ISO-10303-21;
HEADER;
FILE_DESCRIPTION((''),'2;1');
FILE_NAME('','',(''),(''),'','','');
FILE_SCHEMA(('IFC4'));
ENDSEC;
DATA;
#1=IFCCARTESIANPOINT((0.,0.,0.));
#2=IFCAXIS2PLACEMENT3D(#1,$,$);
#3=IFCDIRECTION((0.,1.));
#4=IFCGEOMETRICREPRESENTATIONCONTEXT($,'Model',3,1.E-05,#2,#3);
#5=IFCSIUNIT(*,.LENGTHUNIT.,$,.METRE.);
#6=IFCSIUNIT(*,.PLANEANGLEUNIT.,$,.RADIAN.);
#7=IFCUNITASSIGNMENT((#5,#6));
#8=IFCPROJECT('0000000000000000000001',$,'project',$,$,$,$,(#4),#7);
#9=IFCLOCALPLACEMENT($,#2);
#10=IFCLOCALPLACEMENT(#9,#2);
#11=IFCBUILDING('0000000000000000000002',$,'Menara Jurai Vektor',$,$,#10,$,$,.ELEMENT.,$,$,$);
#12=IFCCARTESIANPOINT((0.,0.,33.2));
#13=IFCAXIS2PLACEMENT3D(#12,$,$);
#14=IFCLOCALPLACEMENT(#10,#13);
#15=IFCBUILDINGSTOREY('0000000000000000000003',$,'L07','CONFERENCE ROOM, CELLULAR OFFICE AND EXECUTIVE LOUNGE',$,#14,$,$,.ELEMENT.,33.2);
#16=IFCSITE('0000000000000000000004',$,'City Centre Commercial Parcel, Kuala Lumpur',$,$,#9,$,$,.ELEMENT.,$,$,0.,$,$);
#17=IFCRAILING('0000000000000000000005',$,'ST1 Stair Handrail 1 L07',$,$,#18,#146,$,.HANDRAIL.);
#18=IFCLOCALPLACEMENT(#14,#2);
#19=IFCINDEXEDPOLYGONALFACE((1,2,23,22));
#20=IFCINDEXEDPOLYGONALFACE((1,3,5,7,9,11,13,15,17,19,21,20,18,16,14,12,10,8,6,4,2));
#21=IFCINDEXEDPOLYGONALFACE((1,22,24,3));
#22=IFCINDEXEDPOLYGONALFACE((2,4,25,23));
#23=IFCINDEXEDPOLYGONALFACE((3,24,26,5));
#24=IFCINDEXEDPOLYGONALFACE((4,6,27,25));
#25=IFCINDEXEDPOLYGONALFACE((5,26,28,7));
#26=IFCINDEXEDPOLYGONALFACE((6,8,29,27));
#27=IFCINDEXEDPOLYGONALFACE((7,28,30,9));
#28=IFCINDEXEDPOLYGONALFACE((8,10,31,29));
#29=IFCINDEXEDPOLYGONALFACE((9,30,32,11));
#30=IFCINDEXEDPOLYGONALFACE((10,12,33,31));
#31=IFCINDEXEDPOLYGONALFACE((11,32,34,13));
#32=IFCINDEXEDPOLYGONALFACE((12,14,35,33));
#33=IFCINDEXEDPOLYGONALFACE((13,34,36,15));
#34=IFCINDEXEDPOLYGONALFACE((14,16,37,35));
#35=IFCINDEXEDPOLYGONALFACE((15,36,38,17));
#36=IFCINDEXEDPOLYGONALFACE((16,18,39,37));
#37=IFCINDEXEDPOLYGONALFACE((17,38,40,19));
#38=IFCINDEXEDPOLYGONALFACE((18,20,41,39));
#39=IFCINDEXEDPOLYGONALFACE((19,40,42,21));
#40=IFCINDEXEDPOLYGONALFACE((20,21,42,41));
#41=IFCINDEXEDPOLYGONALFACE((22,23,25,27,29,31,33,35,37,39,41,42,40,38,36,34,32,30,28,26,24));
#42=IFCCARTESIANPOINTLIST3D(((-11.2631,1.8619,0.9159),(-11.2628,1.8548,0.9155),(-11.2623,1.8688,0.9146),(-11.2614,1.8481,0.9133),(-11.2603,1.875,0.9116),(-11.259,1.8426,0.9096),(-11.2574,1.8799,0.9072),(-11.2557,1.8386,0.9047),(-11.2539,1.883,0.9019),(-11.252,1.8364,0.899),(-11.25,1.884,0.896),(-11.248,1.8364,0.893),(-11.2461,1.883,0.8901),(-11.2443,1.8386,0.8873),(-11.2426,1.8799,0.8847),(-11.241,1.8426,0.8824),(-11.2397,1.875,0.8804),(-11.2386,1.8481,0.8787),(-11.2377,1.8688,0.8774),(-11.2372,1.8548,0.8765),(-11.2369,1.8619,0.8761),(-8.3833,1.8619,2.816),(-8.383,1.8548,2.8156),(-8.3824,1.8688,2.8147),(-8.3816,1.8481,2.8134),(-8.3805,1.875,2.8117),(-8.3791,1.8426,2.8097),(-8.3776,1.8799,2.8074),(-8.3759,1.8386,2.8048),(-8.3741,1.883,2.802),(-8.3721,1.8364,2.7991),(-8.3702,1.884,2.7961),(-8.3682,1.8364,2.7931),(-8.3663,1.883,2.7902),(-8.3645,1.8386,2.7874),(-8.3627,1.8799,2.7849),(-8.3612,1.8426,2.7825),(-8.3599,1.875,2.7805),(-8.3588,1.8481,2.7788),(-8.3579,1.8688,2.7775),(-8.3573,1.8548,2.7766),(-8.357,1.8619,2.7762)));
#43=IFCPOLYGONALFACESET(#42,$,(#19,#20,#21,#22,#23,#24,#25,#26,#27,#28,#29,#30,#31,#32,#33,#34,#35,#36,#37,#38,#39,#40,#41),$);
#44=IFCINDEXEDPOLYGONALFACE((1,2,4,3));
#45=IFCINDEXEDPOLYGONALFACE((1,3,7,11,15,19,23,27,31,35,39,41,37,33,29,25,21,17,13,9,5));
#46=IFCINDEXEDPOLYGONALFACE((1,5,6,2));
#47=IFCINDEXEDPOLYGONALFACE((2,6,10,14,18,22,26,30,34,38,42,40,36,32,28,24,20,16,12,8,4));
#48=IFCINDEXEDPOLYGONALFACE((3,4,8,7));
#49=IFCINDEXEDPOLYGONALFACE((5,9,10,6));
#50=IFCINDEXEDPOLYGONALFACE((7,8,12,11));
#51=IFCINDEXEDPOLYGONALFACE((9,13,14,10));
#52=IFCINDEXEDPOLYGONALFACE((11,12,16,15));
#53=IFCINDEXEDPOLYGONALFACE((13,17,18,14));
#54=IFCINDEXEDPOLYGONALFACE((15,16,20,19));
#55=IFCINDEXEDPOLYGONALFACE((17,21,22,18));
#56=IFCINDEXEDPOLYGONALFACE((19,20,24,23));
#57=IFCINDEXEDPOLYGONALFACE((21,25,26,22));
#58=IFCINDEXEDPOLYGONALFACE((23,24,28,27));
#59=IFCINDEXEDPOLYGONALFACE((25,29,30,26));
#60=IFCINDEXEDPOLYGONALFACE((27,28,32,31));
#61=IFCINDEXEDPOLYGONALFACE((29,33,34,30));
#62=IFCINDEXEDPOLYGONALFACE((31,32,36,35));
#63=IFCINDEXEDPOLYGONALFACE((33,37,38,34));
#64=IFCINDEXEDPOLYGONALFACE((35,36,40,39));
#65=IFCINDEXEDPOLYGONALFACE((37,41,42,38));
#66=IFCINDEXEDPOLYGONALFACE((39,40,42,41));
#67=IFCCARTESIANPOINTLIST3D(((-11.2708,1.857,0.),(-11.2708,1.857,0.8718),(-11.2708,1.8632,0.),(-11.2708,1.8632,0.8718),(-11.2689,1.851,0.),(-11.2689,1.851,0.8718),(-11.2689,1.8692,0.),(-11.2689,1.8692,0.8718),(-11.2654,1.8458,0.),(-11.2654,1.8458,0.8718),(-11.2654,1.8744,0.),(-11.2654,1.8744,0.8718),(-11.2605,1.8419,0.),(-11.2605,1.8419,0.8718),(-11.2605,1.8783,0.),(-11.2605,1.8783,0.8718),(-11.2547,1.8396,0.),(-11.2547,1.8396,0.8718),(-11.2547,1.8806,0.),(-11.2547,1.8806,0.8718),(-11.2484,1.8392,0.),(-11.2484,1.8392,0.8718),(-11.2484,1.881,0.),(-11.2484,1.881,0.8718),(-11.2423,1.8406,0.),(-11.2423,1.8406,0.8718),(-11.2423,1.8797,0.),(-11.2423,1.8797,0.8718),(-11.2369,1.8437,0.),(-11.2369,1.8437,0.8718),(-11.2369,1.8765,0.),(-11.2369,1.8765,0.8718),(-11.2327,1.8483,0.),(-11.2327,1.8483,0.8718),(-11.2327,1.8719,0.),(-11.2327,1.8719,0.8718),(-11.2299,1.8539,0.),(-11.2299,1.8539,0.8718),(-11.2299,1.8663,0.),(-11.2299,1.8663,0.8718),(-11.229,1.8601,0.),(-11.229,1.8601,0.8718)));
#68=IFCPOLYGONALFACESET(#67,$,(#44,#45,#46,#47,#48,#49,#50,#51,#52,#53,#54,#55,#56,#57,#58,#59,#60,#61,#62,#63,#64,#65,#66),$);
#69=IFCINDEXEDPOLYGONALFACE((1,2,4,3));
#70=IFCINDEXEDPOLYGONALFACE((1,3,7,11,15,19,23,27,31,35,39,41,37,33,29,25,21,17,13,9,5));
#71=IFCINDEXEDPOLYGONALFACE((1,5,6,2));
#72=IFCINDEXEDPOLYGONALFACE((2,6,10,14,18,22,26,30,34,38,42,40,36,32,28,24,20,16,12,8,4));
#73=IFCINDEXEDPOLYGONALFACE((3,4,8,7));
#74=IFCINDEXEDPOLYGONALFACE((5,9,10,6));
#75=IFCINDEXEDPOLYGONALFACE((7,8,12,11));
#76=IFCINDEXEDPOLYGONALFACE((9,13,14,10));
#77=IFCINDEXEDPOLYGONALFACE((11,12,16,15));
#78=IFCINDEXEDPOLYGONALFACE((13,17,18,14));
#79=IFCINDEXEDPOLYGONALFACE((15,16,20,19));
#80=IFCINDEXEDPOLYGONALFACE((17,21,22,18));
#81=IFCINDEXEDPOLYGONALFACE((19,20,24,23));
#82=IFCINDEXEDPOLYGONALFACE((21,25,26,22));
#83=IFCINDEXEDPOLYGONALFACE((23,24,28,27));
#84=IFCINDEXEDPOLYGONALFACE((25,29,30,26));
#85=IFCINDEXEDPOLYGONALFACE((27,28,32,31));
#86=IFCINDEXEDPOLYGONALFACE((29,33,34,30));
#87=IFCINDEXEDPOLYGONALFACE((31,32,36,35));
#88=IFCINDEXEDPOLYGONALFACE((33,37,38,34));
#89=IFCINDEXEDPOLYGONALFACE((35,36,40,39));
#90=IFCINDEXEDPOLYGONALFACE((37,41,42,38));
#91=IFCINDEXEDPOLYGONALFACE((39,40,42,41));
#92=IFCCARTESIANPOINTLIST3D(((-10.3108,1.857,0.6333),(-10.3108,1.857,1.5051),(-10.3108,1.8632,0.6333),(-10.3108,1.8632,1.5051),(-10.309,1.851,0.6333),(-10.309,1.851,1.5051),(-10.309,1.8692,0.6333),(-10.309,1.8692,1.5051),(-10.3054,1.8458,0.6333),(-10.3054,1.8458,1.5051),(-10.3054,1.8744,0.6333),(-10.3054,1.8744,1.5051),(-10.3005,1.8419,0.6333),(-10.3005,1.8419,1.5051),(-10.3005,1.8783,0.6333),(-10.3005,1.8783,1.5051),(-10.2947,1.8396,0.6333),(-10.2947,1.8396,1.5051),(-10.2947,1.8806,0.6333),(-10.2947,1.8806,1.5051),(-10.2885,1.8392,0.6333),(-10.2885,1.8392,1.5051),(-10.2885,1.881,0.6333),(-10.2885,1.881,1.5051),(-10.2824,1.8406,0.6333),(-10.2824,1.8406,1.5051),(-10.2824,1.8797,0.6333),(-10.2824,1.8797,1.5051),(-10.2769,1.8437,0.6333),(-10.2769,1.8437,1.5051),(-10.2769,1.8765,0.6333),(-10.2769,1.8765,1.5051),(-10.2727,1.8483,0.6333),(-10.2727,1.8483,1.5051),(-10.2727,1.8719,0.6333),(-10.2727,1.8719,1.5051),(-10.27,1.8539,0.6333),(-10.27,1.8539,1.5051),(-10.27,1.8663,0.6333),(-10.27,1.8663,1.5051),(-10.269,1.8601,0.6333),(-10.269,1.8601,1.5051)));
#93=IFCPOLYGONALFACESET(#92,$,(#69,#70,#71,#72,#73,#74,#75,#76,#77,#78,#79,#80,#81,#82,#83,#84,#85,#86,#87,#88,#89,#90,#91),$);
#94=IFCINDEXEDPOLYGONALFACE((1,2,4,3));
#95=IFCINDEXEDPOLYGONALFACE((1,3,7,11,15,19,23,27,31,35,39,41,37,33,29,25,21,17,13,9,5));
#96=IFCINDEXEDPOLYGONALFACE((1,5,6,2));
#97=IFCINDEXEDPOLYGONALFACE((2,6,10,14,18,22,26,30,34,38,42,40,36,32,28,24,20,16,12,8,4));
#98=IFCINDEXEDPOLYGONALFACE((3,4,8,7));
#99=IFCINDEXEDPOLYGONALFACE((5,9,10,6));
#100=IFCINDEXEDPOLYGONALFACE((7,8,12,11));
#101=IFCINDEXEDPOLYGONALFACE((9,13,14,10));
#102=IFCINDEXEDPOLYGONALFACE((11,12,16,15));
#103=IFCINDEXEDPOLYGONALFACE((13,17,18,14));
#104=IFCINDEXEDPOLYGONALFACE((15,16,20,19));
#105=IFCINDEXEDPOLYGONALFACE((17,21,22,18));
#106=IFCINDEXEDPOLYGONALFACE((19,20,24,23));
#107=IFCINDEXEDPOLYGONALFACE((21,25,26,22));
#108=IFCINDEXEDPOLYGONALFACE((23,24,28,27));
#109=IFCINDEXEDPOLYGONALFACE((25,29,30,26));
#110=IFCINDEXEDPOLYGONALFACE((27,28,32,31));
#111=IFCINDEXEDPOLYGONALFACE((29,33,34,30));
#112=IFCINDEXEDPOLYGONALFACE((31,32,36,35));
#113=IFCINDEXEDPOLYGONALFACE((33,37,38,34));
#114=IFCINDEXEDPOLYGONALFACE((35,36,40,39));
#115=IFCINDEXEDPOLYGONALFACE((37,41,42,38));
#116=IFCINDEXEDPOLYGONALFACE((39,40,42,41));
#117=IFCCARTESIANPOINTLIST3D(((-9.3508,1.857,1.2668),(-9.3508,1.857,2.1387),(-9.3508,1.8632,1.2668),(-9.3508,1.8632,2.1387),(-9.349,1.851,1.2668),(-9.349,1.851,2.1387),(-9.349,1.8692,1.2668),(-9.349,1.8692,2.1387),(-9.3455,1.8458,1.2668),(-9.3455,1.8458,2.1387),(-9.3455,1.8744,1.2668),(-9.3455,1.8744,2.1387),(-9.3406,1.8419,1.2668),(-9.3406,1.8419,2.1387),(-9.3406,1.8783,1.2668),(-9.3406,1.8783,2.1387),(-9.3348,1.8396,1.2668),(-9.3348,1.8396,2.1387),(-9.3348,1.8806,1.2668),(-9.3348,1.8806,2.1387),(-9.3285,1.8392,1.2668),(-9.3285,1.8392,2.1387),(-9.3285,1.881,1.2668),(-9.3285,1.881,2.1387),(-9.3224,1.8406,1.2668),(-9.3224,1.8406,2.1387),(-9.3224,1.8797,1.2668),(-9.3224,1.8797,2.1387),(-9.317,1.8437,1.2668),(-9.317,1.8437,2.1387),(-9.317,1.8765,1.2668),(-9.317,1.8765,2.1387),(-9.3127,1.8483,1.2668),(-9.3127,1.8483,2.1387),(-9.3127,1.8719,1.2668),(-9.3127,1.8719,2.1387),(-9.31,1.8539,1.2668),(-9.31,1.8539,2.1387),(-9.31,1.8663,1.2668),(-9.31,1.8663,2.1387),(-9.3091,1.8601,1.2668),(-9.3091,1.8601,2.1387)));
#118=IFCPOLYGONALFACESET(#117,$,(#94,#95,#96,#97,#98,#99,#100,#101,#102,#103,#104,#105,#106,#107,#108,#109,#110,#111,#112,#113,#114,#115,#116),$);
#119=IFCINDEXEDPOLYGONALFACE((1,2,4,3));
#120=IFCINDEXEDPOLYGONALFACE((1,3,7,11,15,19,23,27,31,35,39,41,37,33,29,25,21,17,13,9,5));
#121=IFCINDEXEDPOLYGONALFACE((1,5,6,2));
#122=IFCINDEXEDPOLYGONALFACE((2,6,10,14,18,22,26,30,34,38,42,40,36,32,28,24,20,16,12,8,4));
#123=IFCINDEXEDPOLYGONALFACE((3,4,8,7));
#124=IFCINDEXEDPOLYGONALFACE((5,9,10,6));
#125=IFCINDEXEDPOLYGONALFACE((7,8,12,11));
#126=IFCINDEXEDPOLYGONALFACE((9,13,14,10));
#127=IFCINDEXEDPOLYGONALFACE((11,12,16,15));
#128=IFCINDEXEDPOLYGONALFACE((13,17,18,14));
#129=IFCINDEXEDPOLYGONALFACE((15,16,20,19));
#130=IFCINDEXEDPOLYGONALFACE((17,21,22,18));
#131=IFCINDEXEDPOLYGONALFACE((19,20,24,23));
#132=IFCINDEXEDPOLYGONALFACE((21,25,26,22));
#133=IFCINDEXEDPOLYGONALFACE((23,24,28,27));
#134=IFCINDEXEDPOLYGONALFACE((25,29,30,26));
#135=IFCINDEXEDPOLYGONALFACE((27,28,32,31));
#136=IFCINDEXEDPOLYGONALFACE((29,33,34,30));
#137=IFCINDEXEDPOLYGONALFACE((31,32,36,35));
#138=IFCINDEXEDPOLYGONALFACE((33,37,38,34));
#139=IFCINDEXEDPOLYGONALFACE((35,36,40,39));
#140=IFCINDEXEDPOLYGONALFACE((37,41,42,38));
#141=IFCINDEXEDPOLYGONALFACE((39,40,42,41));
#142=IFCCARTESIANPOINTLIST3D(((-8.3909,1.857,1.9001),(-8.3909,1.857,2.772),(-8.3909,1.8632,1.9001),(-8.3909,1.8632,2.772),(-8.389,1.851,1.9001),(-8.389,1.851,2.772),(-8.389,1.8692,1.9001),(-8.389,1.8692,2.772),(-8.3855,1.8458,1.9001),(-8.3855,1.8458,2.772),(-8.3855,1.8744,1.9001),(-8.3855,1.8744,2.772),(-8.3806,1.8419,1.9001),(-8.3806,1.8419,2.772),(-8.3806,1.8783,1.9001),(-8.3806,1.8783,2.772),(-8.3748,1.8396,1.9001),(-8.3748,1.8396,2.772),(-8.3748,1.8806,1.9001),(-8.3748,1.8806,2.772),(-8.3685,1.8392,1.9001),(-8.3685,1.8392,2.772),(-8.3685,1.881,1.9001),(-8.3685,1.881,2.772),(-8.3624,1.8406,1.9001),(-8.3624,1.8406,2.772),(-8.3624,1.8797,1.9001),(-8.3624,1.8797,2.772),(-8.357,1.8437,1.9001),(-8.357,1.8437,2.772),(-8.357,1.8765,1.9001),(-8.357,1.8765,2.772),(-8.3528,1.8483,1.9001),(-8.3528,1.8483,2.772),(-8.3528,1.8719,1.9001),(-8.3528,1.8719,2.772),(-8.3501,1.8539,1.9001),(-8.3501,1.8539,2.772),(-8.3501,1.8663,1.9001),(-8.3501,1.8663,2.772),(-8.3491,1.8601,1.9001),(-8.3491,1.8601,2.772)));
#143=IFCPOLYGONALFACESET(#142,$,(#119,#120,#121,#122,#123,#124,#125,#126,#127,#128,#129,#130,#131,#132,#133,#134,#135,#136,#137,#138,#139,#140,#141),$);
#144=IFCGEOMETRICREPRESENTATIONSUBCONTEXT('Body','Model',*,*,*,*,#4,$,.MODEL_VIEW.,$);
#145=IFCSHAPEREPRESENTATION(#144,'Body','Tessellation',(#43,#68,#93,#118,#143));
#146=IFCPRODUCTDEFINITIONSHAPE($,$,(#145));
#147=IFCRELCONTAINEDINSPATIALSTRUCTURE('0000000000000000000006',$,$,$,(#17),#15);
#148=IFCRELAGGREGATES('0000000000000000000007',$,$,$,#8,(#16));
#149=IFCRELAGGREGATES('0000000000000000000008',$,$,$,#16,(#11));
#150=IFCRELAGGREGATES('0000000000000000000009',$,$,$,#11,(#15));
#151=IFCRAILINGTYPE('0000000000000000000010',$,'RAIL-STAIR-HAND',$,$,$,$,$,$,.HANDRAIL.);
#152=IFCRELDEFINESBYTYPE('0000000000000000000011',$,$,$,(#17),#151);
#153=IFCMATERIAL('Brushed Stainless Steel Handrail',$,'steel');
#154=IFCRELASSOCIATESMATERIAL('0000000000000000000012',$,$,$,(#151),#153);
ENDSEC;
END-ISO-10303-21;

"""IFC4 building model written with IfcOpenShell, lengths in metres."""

from ifc_helpers import new_model, si_unit, direction, frame, origin, origin_2d, place, context, subcontext, project, spatial, circle, extrude, material, type_object, element, save


model = new_model("IFC4")

# Units and contexts
model_context = context("Model", 3, precision=1e-05, world=origin(), true_north=direction((0.0, 1.0)))
body_context = subcontext(model_context, "Body", "Model", "MODEL_VIEW")
ifc_project = project(units=[si_unit("LENGTHUNIT", "METRE"), si_unit("PLANEANGLEUNIT", "RADIAN")], contexts=[model_context])

# Site, building, storey
site_placement = place(None, origin())
site = spatial("IfcSite", under=ifc_project, at=site_placement, Name="City Centre Commercial Parcel, Kuala Lumpur", CompositionType="ELEMENT", RefElevation=0.0)
building_placement = place(site_placement, origin())
building = spatial("IfcBuilding", under=site, at=building_placement, Name="Menara Jurai Vektor", CompositionType="ELEMENT")
storey_placement = place(building_placement, frame((0.0, 0.0, 33.2)))
storey = spatial("IfcBuildingStorey", under=building, at=storey_placement, Name="L07", Description="CONFERENCE ROOM, CELLULAR OFFICE AND EXECUTIVE LOUNGE", CompositionType="ELEMENT", Elevation=33.2)

# Railing
ifc_material_1 = material(Name="Brushed Stainless Steel Handrail", Category="steel")
railing_type_1 = type_object("IfcRailingType", Name="RAIL-STAIR-HAND", PredefinedType="HANDRAIL", material=ifc_material_1)
railing_1_placement = place(storey_placement, frame((-11.25, 1.8601, 0.0)))
element("IfcRailing", 1, at=railing_1_placement, inside=storey, type_object=railing_type_1, Name="ST1 Stair Handrail 1 L07", PredefinedType="HANDRAIL", context=body_context, shape_type="SweptSolid", body=[
    extrude(circle(Radius=0.0239, at=origin_2d()), frame((0.0, 0.0, 0.896), z_axis=(0.834686, 0.0, 0.550726), x_axis=(0.0, 1.0, 0.0)), (0.0, 0.0, 1.0), 3.4502),
    extrude(circle(Radius=0.021, at=origin_2d()), origin(), (0.0, 0.0, 1.0), 0.8718),
    extrude(circle(Radius=0.021, at=origin_2d()), frame((0.96, 0.0, 0.6333)), (0.0, 0.0, 1.0), 0.8718),
    extrude(circle(Radius=0.021, at=origin_2d()), frame((1.9199, 0.0, 1.2668)), (0.0, 0.0, 1.0), 0.8718),
    extrude(circle(Radius=0.021, at=origin_2d()), frame((2.8799, 0.0, 1.9001)), (0.0, 0.0, 1.0), 0.8718),
])

save(model, "model.ifc")
